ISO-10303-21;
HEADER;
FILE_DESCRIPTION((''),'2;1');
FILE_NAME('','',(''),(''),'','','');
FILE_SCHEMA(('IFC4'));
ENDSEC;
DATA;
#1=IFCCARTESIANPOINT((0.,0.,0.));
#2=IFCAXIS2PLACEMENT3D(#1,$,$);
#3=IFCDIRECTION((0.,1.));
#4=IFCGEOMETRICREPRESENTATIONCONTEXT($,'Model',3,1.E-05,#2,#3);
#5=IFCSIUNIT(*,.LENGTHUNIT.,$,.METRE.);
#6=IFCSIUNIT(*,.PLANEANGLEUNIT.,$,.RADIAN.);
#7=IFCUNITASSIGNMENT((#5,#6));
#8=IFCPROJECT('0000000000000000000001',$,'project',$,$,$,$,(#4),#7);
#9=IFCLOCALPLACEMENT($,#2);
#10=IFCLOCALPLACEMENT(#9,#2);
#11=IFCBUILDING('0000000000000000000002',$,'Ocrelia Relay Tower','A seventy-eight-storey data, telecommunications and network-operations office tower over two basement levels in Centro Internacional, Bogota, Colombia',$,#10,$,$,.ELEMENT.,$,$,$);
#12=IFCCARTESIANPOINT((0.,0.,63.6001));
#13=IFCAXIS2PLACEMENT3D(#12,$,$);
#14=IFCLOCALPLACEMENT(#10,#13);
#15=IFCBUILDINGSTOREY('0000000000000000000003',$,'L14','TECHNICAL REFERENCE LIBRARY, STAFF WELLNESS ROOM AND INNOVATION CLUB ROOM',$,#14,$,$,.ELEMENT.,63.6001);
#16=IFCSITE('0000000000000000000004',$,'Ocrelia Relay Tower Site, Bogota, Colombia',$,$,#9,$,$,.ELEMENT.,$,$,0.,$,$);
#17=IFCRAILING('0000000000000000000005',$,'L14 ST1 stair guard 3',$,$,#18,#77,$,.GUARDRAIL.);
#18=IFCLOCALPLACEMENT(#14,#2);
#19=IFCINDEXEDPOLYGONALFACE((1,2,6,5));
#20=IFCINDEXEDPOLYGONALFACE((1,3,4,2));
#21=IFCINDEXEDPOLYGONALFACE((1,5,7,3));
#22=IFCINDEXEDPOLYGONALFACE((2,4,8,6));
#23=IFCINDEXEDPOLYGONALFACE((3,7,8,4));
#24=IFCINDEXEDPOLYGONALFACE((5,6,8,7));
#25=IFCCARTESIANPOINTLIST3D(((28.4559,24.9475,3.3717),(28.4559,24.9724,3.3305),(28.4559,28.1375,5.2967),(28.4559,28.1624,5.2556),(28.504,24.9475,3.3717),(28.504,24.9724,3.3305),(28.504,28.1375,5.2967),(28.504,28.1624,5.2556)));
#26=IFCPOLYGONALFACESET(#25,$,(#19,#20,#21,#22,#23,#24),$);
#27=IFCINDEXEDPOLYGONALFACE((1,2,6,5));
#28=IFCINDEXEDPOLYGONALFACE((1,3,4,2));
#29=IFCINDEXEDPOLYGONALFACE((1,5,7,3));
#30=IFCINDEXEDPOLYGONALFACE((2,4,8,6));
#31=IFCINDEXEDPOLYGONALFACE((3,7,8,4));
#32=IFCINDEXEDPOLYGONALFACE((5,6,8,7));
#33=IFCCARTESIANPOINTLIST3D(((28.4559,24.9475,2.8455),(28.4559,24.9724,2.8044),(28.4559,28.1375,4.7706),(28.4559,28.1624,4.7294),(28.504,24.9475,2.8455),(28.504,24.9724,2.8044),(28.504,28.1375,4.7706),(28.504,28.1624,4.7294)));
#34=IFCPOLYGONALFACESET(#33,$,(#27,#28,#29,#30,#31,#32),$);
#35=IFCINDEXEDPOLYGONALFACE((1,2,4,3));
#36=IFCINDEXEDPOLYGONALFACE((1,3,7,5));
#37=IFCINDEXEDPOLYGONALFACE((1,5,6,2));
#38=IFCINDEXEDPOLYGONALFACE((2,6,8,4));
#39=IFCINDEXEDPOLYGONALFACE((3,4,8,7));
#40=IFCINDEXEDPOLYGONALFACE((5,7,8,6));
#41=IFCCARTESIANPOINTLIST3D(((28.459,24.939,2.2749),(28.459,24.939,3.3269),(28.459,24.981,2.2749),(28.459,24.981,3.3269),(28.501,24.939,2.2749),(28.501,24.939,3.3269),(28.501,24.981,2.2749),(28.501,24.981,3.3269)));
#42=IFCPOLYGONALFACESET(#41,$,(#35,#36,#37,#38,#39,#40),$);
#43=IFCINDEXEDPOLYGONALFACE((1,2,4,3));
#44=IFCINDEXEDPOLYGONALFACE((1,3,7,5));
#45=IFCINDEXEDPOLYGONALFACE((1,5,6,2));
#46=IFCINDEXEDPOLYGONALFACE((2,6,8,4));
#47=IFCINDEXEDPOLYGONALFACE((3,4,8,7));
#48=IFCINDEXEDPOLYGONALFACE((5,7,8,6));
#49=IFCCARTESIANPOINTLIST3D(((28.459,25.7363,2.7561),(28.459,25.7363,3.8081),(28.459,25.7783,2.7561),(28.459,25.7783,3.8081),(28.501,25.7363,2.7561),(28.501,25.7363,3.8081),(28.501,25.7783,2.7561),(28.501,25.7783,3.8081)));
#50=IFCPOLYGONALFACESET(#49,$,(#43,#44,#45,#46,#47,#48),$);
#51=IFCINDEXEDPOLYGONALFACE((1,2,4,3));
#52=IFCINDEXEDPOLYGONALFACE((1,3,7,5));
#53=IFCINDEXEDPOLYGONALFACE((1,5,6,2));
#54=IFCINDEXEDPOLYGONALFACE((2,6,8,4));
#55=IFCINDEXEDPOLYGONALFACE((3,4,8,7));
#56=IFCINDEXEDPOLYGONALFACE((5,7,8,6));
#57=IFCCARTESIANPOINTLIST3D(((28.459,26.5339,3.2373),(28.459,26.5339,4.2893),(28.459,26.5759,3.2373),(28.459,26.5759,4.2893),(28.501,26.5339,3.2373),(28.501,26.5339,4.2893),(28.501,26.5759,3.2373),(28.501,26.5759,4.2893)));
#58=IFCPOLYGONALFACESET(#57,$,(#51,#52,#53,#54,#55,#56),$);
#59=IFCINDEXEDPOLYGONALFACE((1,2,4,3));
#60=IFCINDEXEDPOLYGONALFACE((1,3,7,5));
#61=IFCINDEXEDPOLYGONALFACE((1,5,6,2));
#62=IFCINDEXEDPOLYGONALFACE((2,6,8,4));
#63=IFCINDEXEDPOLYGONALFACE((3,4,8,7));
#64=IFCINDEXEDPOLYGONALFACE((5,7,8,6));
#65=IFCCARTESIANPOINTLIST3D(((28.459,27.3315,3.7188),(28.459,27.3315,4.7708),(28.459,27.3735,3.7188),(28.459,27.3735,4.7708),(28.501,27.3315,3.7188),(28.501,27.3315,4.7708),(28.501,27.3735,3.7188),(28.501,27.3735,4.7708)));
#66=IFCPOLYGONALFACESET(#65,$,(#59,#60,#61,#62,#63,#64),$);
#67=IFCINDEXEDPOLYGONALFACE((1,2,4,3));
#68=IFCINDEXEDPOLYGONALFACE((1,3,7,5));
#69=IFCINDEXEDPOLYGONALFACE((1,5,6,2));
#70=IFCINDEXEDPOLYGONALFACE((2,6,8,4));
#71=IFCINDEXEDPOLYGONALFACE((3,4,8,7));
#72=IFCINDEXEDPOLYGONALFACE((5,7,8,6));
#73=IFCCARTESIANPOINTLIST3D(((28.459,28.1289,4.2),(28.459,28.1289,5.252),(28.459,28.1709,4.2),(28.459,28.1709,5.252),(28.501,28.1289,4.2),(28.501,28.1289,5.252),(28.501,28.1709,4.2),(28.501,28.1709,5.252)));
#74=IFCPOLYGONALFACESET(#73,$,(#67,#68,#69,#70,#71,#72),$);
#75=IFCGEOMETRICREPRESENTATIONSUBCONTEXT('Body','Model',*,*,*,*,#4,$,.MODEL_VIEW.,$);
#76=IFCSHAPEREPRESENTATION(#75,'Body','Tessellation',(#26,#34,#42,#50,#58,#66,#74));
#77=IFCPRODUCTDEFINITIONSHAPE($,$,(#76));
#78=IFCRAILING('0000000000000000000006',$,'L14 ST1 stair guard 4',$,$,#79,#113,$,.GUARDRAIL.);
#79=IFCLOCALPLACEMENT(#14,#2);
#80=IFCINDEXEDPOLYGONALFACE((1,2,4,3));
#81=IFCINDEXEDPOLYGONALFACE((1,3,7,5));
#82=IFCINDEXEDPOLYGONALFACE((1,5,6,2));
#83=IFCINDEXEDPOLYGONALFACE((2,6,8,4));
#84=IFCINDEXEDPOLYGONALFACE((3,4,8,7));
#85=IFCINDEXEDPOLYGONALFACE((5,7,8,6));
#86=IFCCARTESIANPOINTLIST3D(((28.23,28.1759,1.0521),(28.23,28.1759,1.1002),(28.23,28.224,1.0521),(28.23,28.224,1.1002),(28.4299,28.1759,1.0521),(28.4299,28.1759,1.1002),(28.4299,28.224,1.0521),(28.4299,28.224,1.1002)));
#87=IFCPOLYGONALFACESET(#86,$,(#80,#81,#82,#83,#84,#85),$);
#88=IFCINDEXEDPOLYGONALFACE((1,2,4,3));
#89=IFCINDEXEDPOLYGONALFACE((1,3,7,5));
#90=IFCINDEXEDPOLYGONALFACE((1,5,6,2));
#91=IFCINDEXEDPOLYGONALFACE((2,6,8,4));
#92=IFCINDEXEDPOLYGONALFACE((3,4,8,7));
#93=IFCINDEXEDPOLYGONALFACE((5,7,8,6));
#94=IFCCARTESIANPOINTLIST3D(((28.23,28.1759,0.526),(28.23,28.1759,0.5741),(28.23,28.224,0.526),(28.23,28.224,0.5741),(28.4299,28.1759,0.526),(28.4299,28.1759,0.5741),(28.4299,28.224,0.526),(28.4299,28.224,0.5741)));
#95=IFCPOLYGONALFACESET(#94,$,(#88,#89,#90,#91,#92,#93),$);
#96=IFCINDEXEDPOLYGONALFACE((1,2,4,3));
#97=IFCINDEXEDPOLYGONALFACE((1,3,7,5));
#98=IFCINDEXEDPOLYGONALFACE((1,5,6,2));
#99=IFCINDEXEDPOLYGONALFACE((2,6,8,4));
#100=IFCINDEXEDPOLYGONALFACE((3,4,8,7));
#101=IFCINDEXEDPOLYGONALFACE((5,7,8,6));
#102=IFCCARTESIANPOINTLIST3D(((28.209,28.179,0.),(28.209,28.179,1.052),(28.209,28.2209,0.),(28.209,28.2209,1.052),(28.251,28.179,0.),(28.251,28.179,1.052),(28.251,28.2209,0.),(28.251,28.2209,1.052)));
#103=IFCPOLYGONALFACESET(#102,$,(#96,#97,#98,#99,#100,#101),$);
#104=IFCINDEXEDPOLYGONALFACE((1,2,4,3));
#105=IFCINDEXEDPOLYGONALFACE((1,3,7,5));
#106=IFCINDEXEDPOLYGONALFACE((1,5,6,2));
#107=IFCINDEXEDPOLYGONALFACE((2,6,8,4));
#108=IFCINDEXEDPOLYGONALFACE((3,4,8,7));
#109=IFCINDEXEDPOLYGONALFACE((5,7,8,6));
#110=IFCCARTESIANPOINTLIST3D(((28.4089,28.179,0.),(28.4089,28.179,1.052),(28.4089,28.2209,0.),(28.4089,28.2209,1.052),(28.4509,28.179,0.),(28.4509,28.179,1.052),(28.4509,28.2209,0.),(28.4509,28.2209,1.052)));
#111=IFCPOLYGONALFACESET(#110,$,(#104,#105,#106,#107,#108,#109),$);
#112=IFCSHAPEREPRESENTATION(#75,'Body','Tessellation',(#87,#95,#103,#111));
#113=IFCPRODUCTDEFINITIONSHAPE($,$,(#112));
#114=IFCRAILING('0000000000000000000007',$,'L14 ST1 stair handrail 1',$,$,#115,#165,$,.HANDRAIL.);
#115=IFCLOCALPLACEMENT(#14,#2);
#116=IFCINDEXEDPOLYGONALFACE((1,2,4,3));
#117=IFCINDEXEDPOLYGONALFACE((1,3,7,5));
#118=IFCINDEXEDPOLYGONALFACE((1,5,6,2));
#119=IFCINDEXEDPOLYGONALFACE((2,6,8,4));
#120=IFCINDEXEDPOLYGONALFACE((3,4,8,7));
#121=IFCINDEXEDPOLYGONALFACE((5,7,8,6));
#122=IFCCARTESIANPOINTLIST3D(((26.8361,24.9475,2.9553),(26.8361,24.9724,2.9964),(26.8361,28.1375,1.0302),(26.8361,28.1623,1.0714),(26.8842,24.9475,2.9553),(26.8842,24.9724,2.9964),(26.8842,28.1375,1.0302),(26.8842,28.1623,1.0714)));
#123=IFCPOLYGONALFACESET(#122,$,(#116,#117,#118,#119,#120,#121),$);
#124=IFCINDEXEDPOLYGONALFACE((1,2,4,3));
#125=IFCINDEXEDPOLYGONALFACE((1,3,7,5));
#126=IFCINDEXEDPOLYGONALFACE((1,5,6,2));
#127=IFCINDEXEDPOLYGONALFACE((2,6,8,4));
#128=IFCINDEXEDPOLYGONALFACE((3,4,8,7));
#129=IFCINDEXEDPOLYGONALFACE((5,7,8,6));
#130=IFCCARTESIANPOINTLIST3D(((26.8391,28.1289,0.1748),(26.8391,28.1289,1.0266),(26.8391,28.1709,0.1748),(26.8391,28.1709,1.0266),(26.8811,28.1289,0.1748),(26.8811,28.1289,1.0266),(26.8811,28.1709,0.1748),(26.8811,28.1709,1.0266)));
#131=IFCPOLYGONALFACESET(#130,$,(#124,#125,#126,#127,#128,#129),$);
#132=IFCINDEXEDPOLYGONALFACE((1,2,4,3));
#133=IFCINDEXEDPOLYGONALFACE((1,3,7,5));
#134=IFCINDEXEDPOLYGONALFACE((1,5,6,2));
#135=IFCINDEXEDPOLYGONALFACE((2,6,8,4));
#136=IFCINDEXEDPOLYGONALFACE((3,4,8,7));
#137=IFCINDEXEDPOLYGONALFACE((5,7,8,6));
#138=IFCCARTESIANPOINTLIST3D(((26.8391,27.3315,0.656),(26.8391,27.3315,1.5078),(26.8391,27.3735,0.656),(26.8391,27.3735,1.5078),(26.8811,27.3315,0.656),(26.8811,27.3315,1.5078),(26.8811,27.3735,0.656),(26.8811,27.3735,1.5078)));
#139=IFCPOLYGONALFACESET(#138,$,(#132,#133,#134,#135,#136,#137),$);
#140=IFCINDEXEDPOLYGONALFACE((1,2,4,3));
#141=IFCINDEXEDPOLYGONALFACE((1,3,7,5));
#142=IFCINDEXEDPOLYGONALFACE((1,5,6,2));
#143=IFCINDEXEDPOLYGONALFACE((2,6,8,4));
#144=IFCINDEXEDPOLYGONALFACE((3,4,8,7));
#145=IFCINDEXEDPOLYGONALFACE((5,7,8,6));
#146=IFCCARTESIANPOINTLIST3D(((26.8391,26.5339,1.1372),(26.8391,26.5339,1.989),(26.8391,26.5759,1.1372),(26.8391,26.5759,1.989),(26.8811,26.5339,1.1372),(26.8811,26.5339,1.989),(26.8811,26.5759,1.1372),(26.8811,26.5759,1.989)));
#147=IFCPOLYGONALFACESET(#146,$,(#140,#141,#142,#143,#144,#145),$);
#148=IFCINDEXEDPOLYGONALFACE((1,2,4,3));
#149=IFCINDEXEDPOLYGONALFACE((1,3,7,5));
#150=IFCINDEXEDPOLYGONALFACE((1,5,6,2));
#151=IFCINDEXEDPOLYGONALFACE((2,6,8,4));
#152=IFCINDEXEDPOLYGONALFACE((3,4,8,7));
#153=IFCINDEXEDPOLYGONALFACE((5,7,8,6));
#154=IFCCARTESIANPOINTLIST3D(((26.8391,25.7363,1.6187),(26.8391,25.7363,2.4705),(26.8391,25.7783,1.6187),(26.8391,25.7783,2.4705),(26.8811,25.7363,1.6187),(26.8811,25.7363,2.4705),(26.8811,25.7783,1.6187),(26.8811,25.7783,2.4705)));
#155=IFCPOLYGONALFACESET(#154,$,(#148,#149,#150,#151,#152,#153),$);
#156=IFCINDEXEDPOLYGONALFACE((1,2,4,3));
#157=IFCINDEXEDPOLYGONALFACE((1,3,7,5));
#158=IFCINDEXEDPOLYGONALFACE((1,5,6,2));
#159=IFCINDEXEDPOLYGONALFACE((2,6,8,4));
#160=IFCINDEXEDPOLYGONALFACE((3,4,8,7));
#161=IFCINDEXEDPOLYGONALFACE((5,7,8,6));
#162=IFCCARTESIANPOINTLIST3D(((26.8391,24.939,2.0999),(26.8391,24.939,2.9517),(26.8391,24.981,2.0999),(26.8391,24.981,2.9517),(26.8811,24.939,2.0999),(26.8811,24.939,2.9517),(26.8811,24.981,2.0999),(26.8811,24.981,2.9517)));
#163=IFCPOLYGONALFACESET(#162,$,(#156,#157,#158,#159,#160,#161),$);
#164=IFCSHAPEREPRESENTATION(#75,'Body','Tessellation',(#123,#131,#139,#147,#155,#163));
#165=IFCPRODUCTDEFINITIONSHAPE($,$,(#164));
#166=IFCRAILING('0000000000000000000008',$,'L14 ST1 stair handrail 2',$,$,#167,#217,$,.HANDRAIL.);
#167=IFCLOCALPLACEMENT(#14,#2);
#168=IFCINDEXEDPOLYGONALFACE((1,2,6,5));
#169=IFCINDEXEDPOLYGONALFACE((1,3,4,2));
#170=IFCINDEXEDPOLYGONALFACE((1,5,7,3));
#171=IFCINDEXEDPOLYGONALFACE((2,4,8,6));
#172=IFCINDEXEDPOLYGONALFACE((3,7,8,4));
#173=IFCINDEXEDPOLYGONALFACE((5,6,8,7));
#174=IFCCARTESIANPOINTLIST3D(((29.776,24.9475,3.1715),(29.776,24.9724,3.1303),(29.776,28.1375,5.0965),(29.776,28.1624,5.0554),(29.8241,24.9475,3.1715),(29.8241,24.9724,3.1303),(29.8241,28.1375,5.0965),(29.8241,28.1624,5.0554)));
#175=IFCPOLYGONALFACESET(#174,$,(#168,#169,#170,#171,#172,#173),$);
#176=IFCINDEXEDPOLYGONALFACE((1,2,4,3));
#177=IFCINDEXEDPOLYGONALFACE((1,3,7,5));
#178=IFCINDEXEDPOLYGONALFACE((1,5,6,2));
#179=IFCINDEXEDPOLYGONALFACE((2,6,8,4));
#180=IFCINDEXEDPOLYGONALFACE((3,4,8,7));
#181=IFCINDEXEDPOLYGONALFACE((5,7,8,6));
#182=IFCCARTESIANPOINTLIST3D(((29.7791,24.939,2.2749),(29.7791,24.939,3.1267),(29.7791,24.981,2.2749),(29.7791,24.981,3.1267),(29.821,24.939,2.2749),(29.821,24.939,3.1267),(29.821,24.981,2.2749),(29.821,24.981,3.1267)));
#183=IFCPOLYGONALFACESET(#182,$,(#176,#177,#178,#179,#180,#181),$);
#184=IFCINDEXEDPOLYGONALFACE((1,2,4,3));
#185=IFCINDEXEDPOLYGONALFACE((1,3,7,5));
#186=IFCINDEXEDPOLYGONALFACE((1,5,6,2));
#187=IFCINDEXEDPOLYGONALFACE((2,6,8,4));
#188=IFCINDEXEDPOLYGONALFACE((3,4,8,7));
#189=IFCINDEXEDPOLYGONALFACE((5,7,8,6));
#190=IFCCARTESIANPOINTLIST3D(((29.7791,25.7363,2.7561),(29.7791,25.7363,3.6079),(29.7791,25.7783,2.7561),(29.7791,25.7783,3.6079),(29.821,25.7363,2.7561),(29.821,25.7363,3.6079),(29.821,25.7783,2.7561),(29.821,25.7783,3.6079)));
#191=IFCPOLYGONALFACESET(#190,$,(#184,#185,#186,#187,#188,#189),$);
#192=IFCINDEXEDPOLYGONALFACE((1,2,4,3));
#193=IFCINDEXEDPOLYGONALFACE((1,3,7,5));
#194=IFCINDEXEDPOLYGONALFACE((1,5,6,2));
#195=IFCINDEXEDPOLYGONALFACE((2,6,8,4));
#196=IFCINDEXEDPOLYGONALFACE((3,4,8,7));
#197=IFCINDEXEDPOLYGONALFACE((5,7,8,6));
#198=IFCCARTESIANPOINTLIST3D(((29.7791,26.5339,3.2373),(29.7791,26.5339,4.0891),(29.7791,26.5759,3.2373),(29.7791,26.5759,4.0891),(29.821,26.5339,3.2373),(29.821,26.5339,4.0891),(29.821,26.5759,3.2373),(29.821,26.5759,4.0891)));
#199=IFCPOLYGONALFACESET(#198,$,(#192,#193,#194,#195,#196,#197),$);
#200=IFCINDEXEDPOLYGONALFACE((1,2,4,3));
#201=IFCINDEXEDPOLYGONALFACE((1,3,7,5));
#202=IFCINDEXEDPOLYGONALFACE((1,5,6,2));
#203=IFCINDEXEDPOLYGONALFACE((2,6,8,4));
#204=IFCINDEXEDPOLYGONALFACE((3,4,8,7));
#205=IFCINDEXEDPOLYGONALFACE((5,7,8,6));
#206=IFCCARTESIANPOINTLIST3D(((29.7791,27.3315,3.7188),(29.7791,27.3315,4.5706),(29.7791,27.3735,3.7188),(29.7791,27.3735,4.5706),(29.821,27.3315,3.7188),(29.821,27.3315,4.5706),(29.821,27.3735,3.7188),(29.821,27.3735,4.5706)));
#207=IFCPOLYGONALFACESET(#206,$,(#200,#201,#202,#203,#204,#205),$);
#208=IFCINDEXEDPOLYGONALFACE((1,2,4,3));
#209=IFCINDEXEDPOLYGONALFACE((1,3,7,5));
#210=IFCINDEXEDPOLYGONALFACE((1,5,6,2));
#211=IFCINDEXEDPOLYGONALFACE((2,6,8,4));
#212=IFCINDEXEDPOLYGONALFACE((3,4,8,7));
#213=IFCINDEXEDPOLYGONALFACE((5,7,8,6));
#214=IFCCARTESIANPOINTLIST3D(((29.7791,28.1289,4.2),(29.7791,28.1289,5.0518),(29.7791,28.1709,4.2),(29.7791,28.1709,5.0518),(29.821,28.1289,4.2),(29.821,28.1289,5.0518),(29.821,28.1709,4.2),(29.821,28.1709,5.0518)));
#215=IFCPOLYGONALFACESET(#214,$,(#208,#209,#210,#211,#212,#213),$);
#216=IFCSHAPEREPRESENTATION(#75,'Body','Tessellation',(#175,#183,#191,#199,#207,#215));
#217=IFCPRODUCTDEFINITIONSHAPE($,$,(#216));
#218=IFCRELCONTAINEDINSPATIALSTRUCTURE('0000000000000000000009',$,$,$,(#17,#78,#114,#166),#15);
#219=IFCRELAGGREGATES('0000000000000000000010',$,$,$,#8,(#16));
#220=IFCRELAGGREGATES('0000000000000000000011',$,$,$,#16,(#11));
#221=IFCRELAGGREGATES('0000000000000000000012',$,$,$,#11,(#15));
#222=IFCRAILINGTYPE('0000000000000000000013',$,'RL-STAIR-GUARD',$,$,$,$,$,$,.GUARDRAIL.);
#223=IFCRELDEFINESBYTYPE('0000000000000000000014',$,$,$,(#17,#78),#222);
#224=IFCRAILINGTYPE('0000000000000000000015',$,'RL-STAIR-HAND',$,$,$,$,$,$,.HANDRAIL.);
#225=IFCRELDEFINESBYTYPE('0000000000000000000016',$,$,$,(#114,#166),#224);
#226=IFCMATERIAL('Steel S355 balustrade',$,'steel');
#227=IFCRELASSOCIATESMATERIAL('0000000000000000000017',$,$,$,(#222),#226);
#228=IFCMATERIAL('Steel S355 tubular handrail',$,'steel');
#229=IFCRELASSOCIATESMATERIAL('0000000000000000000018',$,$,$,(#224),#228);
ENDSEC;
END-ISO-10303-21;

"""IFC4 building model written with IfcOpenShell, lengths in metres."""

from ifc_helpers import new_model, si_unit, direction, frame, origin, origin_2d, place, context, subcontext, project, spatial, rectangle, extrude, material, type_object, element, save


model = new_model("IFC4")

# Units and contexts
model_context = context("Model", 3, precision=1e-05, world=origin(), true_north=direction((0.0, 1.0)))
body_context = subcontext(model_context, "Body", "Model", "MODEL_VIEW")
ifc_project = project(units=[si_unit("LENGTHUNIT", "METRE"), si_unit("PLANEANGLEUNIT", "RADIAN")], contexts=[model_context])

# Site, building, storey
site_placement = place(None, origin())
site = spatial("IfcSite", under=ifc_project, at=site_placement, Name="Ocrelia Relay Tower Site, Bogota, Colombia", CompositionType="ELEMENT", RefElevation=0.0)
building_placement = place(site_placement, origin())
building = spatial("IfcBuilding", under=site, at=building_placement, Name="Ocrelia Relay Tower", Description="A seventy-eight-storey data, telecommunications and network-operations office tower over two basement levels in Centro Internacional, Bogota, Colombia", CompositionType="ELEMENT")
storey_placement = place(building_placement, frame((0.0, 0.0, 63.6001)))
storey = spatial("IfcBuildingStorey", under=building, at=storey_placement, Name="L14", Description="TECHNICAL REFERENCE LIBRARY, STAFF WELLNESS ROOM AND INNOVATION CLUB ROOM", CompositionType="ELEMENT", Elevation=63.6001)

# Railings
ifc_material_1 = material(Name="Steel S355 balustrade", Category="steel")
railing_type_1 = type_object("IfcRailingType", Name="RL-STAIR-GUARD", PredefinedType="GUARDRAIL", material=ifc_material_1)
railing_1_placement = place(storey_placement, frame((28.48, 24.96, 2.2749)))
element("IfcRailing", 1, at=railing_1_placement, inside=storey, type_object=railing_type_1, Name="L14 ST1 stair guard 3", PredefinedType="GUARDRAIL", context=body_context, shape_type="SweptSolid", body=[
    extrude(rectangle(XDim=0.0481, YDim=0.0481, at=origin_2d()), frame((0.0, 0.0, 1.0762), z_axis=(0.0, 0.856178, 0.516682), x_axis=(-1.0, 0.0, 0.0)), (0.0, 0.0, 1.0), 3.7258),
    extrude(rectangle(XDim=0.0481, YDim=0.0481, at=origin_2d()), frame((0.0, 0.0, 0.55), z_axis=(0.0, 0.856178, 0.516682), x_axis=(-1.0, 0.0, 0.0)), (0.0, 0.0, 1.0), 3.7258),
    extrude(rectangle(XDim=0.042, YDim=0.042, at=origin_2d()), origin(), (0.0, 0.0, 1.0), 1.052),
    extrude(rectangle(XDim=0.042, YDim=0.042, at=origin_2d()), frame((0.0, 0.7974, 0.4812)), (0.0, 0.0, 1.0), 1.052),
    extrude(rectangle(XDim=0.042, YDim=0.042, at=origin_2d()), frame((0.0, 1.595, 0.9624)), (0.0, 0.0, 1.0), 1.052),
    extrude(rectangle(XDim=0.042, YDim=0.042, at=origin_2d()), frame((0.0, 2.3926, 1.4438)), (0.0, 0.0, 1.0), 1.052),
    extrude(rectangle(XDim=0.042, YDim=0.042, at=origin_2d()), frame((0.0, 3.1899, 1.925)), (0.0, 0.0, 1.0), 1.052),
])
railing_2_placement = place(storey_placement, frame((28.23, 28.2, 0.0)))
element("IfcRailing", 2, at=railing_2_placement, inside=storey, type_object=railing_type_1, Name="L14 ST1 stair guard 4", PredefinedType="GUARDRAIL", context=body_context, shape_type="SweptSolid", body=[
    extrude(rectangle(XDim=0.0481, YDim=0.0481, at=origin_2d()), frame((0.0, 0.0, 1.0762), z_axis=(1.0, 0.0, 0.0), x_axis=(0.0, 1.0, 0.0)), (0.0, 0.0, 1.0), 0.2),
    extrude(rectangle(XDim=0.0481, YDim=0.0481, at=origin_2d()), frame((0.0, 0.0, 0.55), z_axis=(1.0, 0.0, 0.0), x_axis=(0.0, 1.0, 0.0)), (0.0, 0.0, 1.0), 0.2),
    extrude(rectangle(XDim=0.042, YDim=0.042, at=origin_2d()), origin(), (0.0, 0.0, 1.0), 1.052),
    extrude(rectangle(XDim=0.042, YDim=0.042, at=origin_2d()), frame((0.2, 0.0, 0.0)), (0.0, 0.0, 1.0), 1.052),
])
ifc_material_2 = material(Name="Steel S355 tubular handrail", Category="steel")
railing_type_2 = type_object("IfcRailingType", Name="RL-STAIR-HAND", PredefinedType="HANDRAIL", material=ifc_material_2)
railing_3_placement = place(storey_placement, frame((26.8601, 28.1499, 0.1748)))
element("IfcRailing", 3, at=railing_3_placement, inside=storey, type_object=railing_type_2, Name="L14 ST1 stair handrail 1", PredefinedType="HANDRAIL", context=body_context, shape_type="SweptSolid", body=[
    extrude(rectangle(XDim=0.0481, YDim=0.0481, at=origin_2d()), frame((0.0, 0.0, 0.876), z_axis=(0.0, -0.856178, 0.516682), x_axis=(1.0, 0.0, 0.0)), (0.0, 0.0, 1.0), 3.7258),
    extrude(rectangle(XDim=0.042, YDim=0.042, at=origin_2d()), origin(), (0.0, 0.0, 1.0), 0.8518),
    extrude(rectangle(XDim=0.042, YDim=0.042, at=origin_2d()), frame((0.0, -0.7974, 0.4812)), (0.0, 0.0, 1.0), 0.8518),
    extrude(rectangle(XDim=0.042, YDim=0.042, at=origin_2d()), frame((0.0, -1.595, 0.9624)), (0.0, 0.0, 1.0), 0.8518),
    extrude(rectangle(XDim=0.042, YDim=0.042, at=origin_2d()), frame((0.0, -2.3926, 1.4438)), (0.0, 0.0, 1.0), 0.8518),
    extrude(rectangle(XDim=0.042, YDim=0.042, at=origin_2d()), frame((0.0, -3.1899, 1.925)), (0.0, 0.0, 1.0), 0.8518),
])
railing_4_placement = place(storey_placement, frame((29.8, 24.96, 2.2749)))
element("IfcRailing", 4, at=railing_4_placement, inside=storey, type_object=railing_type_2, Name="L14 ST1 stair handrail 2", PredefinedType="HANDRAIL", context=body_context, shape_type="SweptSolid", body=[
    extrude(rectangle(XDim=0.0481, YDim=0.0481, at=origin_2d()), frame((0.0, 0.0, 0.876), z_axis=(0.0, 0.856178, 0.516682), x_axis=(-1.0, 0.0, 0.0)), (0.0, 0.0, 1.0), 3.7258),
    extrude(rectangle(XDim=0.042, YDim=0.042, at=origin_2d()), origin(), (0.0, 0.0, 1.0), 0.8518),
    extrude(rectangle(XDim=0.042, YDim=0.042, at=origin_2d()), frame((0.0, 0.7974, 0.4812)), (0.0, 0.0, 1.0), 0.8518),
    extrude(rectangle(XDim=0.042, YDim=0.042, at=origin_2d()), frame((0.0, 1.595, 0.9624)), (0.0, 0.0, 1.0), 0.8518),
    extrude(rectangle(XDim=0.042, YDim=0.042, at=origin_2d()), frame((0.0, 2.3926, 1.4438)), (0.0, 0.0, 1.0), 0.8518),
    extrude(rectangle(XDim=0.042, YDim=0.042, at=origin_2d()), frame((0.0, 3.1899, 1.925)), (0.0, 0.0, 1.0), 0.8518),
])

save(model, "model.ifc")
